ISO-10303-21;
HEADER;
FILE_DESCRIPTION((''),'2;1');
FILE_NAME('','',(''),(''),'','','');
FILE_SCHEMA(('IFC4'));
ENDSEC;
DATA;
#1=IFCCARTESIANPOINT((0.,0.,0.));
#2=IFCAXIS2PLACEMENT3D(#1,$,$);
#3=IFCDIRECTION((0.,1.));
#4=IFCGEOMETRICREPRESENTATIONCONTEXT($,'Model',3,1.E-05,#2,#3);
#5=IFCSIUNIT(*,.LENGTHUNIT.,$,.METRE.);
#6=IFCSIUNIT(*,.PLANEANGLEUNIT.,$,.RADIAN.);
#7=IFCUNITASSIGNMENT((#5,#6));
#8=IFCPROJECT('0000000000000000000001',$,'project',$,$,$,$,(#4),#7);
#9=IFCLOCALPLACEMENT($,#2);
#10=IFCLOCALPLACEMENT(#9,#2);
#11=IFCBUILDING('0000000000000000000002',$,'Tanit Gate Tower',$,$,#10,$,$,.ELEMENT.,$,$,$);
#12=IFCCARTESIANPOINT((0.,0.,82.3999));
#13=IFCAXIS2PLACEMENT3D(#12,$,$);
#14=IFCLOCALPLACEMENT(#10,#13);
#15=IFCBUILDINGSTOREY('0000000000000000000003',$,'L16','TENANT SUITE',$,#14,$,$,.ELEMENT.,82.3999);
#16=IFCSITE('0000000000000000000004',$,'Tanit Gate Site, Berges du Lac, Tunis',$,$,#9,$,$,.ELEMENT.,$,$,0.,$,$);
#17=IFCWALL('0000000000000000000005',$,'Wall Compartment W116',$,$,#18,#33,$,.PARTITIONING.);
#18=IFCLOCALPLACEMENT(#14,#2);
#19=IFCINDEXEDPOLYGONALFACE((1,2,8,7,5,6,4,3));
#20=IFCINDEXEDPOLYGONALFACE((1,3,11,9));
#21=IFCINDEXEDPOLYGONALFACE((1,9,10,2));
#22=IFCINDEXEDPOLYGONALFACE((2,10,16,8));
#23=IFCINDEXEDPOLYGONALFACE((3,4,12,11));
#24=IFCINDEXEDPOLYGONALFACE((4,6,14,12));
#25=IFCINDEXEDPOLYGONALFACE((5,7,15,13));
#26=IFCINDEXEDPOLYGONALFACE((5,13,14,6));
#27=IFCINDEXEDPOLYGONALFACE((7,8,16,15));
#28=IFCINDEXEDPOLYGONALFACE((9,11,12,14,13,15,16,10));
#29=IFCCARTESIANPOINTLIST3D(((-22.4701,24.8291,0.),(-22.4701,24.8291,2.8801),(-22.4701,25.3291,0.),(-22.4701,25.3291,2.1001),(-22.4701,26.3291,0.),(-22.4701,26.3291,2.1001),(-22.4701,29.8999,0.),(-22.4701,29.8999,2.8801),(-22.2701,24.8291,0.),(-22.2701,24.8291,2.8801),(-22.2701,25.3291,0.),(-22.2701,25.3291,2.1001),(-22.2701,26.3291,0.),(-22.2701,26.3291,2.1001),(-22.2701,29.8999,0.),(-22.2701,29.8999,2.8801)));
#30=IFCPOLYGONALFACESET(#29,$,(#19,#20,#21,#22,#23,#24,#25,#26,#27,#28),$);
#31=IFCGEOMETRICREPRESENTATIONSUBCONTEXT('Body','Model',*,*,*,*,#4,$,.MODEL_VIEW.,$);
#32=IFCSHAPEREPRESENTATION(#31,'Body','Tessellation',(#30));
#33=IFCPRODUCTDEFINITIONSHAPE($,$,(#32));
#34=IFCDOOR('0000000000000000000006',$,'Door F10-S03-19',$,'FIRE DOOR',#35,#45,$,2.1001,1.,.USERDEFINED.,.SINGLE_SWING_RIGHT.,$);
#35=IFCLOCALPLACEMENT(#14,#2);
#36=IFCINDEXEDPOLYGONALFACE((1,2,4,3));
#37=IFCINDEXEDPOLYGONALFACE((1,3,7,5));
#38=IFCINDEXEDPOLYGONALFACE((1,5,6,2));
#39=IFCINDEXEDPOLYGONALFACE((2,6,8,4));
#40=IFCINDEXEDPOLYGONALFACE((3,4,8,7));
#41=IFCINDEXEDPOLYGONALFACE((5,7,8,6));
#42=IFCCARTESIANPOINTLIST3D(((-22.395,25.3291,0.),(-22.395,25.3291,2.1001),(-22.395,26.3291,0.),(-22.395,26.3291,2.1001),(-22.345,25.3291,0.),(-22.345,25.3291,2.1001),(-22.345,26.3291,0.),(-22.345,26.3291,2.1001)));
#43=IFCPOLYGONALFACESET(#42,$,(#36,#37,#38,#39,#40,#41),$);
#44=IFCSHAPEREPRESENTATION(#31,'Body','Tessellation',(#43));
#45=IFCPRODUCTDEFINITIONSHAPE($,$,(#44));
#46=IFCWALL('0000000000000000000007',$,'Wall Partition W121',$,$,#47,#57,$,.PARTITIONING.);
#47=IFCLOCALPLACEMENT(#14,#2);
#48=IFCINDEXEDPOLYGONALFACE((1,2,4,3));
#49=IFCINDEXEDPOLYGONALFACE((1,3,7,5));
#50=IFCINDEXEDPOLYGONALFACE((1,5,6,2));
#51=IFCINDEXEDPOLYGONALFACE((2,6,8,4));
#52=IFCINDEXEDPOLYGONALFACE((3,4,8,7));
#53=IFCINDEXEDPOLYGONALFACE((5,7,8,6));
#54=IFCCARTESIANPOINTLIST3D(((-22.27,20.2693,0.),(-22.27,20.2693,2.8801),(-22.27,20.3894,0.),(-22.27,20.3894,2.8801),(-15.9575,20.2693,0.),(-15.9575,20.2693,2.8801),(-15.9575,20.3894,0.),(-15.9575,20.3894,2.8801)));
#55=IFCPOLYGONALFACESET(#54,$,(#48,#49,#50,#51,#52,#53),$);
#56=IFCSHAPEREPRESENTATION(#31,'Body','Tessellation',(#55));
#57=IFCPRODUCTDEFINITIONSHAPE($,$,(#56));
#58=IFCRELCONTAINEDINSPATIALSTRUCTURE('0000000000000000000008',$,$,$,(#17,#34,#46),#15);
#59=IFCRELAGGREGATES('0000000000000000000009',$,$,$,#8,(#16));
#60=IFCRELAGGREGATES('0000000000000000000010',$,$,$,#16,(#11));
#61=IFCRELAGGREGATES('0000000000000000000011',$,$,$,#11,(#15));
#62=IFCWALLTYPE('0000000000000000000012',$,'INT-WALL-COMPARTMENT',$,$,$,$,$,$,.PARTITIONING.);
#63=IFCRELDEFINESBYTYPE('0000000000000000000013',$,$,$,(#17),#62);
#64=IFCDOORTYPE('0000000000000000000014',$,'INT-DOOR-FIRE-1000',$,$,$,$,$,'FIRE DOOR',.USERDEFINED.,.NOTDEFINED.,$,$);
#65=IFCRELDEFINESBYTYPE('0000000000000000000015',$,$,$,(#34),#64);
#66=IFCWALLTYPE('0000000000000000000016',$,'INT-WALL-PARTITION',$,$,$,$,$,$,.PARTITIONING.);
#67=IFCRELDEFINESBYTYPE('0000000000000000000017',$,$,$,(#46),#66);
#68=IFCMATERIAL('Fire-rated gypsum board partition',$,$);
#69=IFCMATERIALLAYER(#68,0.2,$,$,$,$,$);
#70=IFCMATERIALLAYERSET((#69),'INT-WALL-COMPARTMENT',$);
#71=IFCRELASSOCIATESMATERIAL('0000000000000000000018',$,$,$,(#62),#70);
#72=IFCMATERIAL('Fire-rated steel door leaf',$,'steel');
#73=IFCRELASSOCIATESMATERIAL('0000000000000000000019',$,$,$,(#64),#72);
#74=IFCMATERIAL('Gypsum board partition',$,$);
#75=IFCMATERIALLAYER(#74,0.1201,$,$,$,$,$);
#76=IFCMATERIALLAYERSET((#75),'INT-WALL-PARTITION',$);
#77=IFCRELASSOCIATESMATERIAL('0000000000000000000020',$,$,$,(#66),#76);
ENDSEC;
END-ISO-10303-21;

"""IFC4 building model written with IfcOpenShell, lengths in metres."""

from ifc_helpers import new_model, si_unit, direction, frame, frame_2d, origin, place, context, subcontext, project, spatial, rectangle, extrude, material, layer, layer_set, type_object, element, fill, save


model = new_model("IFC4")

# Units and contexts
model_context = context("Model", 3, precision=1e-05, world=origin(), true_north=direction((0.0, 1.0)))
body_context = subcontext(model_context, "Body", "Model", "MODEL_VIEW")
ifc_project = project(units=[si_unit("LENGTHUNIT", "METRE"), si_unit("PLANEANGLEUNIT", "RADIAN")], contexts=[model_context])

# Site, building, storey
site_placement = place(None, origin())
site = spatial("IfcSite", under=ifc_project, at=site_placement, Name="Tanit Gate Site, Berges du Lac, Tunis", CompositionType="ELEMENT", RefElevation=0.0)
building_placement = place(site_placement, origin())
building = spatial("IfcBuilding", under=site, at=building_placement, Name="Tanit Gate Tower", CompositionType="ELEMENT")
storey_placement = place(building_placement, frame((0.0, 0.0, 82.3999)))
storey = spatial("IfcBuildingStorey", under=building, at=storey_placement, Name="L16", Description="TENANT SUITE", CompositionType="ELEMENT", Elevation=82.3999)

# Shared definitions
ifc_material_1 = material(Name="Fire-rated gypsum board partition")
ifc_layer_1 = layer(ifc_material_1, 0.2)
ifc_layer_set_1 = layer_set([ifc_layer_1], Name="INT-WALL-COMPARTMENT")
wall_type_1 = type_object("IfcWallType", Name="INT-WALL-COMPARTMENT", PredefinedType="PARTITIONING", material=ifc_layer_set_1)

# Wall, opening, door
wall_1_placement = place(storey_placement, frame((-22.3701, 24.8291, 0.0), z_axis=(0.0, 0.0, 1.0), x_axis=(0.0, 1.0, 0.0)))
wall_1 = element("IfcWall", 1, at=wall_1_placement, inside=storey, type_object=wall_type_1, Name="Wall Compartment W116", PredefinedType="PARTITIONING", context=body_context, shape_type="SweptSolid", body=[
    extrude(rectangle(XDim=5.0708, YDim=0.2, at=frame_2d((2.5354, 0.0))), origin(), (0.0, 0.0, 1.0), 2.8801),
])
opening_placement = place(wall_1_placement, frame((0.5, 0.0, 0.0)))
opening = element("IfcOpeningElement", 2, at=opening_placement, cuts=wall_1, PredefinedType="OPENING", context=body_context, shape_type="SweptSolid", body=[
    extrude(rectangle(XDim=1.0, YDim=2.1001, at=frame_2d((0.5, 1.05))), frame((0.0, 0.1099, 0.0), z_axis=(0.0, -1.0, 0.0), x_axis=(1.0, 0.0, 0.0)), (0.0, 0.0, 1.0), 0.22),
])
ifc_material_2 = material(Name="Fire-rated steel door leaf", Category="steel")
door_type = type_object("IfcDoorType", Name="INT-DOOR-FIRE-1000", ElementType="FIRE DOOR", OperationType="NOTDEFINED", PredefinedType="USERDEFINED", material=ifc_material_2)
door_placement = place(opening_placement, origin())
door = element("IfcDoor", 3, at=door_placement, inside=storey, type_object=door_type, Name="Door F10-S03-19", ObjectType="FIRE DOOR", OperationType="SINGLE_SWING_RIGHT", OverallHeight=2.1001, OverallWidth=1.0, PredefinedType="USERDEFINED", context=body_context, shape_type="SweptSolid", body=[
    extrude(rectangle(XDim=1.0, YDim=2.1001, at=frame_2d((0.5, 1.05))), frame((0.0, 0.0249, 0.0), z_axis=(0.0, -1.0, 0.0), x_axis=(1.0, 0.0, 0.0)), (0.0, 0.0, 1.0), 0.05),
])
fill(opening, door)

# Wall
ifc_material_3 = material(Name="Gypsum board partition")
ifc_layer_2 = layer(ifc_material_3, 0.1201)
ifc_layer_set_2 = layer_set([ifc_layer_2], Name="INT-WALL-PARTITION")
wall_type_2 = type_object("IfcWallType", Name="INT-WALL-PARTITION", PredefinedType="PARTITIONING", material=ifc_layer_set_2)
wall_2_placement = place(storey_placement, frame((-22.27, 20.3293, 0.0), z_axis=(0.0, 0.0, 1.0), x_axis=(1.0, 0.0, 0.0)))
element("IfcWall", 4, at=wall_2_placement, inside=storey, type_object=wall_type_2, Name="Wall Partition W121", PredefinedType="PARTITIONING", context=body_context, shape_type="SweptSolid", body=[
    extrude(rectangle(XDim=6.3125, YDim=0.1201, at=frame_2d((3.1562, 0.0))), origin(), (0.0, 0.0, 1.0), 2.8801),
])

save(model, "model.ifc")
